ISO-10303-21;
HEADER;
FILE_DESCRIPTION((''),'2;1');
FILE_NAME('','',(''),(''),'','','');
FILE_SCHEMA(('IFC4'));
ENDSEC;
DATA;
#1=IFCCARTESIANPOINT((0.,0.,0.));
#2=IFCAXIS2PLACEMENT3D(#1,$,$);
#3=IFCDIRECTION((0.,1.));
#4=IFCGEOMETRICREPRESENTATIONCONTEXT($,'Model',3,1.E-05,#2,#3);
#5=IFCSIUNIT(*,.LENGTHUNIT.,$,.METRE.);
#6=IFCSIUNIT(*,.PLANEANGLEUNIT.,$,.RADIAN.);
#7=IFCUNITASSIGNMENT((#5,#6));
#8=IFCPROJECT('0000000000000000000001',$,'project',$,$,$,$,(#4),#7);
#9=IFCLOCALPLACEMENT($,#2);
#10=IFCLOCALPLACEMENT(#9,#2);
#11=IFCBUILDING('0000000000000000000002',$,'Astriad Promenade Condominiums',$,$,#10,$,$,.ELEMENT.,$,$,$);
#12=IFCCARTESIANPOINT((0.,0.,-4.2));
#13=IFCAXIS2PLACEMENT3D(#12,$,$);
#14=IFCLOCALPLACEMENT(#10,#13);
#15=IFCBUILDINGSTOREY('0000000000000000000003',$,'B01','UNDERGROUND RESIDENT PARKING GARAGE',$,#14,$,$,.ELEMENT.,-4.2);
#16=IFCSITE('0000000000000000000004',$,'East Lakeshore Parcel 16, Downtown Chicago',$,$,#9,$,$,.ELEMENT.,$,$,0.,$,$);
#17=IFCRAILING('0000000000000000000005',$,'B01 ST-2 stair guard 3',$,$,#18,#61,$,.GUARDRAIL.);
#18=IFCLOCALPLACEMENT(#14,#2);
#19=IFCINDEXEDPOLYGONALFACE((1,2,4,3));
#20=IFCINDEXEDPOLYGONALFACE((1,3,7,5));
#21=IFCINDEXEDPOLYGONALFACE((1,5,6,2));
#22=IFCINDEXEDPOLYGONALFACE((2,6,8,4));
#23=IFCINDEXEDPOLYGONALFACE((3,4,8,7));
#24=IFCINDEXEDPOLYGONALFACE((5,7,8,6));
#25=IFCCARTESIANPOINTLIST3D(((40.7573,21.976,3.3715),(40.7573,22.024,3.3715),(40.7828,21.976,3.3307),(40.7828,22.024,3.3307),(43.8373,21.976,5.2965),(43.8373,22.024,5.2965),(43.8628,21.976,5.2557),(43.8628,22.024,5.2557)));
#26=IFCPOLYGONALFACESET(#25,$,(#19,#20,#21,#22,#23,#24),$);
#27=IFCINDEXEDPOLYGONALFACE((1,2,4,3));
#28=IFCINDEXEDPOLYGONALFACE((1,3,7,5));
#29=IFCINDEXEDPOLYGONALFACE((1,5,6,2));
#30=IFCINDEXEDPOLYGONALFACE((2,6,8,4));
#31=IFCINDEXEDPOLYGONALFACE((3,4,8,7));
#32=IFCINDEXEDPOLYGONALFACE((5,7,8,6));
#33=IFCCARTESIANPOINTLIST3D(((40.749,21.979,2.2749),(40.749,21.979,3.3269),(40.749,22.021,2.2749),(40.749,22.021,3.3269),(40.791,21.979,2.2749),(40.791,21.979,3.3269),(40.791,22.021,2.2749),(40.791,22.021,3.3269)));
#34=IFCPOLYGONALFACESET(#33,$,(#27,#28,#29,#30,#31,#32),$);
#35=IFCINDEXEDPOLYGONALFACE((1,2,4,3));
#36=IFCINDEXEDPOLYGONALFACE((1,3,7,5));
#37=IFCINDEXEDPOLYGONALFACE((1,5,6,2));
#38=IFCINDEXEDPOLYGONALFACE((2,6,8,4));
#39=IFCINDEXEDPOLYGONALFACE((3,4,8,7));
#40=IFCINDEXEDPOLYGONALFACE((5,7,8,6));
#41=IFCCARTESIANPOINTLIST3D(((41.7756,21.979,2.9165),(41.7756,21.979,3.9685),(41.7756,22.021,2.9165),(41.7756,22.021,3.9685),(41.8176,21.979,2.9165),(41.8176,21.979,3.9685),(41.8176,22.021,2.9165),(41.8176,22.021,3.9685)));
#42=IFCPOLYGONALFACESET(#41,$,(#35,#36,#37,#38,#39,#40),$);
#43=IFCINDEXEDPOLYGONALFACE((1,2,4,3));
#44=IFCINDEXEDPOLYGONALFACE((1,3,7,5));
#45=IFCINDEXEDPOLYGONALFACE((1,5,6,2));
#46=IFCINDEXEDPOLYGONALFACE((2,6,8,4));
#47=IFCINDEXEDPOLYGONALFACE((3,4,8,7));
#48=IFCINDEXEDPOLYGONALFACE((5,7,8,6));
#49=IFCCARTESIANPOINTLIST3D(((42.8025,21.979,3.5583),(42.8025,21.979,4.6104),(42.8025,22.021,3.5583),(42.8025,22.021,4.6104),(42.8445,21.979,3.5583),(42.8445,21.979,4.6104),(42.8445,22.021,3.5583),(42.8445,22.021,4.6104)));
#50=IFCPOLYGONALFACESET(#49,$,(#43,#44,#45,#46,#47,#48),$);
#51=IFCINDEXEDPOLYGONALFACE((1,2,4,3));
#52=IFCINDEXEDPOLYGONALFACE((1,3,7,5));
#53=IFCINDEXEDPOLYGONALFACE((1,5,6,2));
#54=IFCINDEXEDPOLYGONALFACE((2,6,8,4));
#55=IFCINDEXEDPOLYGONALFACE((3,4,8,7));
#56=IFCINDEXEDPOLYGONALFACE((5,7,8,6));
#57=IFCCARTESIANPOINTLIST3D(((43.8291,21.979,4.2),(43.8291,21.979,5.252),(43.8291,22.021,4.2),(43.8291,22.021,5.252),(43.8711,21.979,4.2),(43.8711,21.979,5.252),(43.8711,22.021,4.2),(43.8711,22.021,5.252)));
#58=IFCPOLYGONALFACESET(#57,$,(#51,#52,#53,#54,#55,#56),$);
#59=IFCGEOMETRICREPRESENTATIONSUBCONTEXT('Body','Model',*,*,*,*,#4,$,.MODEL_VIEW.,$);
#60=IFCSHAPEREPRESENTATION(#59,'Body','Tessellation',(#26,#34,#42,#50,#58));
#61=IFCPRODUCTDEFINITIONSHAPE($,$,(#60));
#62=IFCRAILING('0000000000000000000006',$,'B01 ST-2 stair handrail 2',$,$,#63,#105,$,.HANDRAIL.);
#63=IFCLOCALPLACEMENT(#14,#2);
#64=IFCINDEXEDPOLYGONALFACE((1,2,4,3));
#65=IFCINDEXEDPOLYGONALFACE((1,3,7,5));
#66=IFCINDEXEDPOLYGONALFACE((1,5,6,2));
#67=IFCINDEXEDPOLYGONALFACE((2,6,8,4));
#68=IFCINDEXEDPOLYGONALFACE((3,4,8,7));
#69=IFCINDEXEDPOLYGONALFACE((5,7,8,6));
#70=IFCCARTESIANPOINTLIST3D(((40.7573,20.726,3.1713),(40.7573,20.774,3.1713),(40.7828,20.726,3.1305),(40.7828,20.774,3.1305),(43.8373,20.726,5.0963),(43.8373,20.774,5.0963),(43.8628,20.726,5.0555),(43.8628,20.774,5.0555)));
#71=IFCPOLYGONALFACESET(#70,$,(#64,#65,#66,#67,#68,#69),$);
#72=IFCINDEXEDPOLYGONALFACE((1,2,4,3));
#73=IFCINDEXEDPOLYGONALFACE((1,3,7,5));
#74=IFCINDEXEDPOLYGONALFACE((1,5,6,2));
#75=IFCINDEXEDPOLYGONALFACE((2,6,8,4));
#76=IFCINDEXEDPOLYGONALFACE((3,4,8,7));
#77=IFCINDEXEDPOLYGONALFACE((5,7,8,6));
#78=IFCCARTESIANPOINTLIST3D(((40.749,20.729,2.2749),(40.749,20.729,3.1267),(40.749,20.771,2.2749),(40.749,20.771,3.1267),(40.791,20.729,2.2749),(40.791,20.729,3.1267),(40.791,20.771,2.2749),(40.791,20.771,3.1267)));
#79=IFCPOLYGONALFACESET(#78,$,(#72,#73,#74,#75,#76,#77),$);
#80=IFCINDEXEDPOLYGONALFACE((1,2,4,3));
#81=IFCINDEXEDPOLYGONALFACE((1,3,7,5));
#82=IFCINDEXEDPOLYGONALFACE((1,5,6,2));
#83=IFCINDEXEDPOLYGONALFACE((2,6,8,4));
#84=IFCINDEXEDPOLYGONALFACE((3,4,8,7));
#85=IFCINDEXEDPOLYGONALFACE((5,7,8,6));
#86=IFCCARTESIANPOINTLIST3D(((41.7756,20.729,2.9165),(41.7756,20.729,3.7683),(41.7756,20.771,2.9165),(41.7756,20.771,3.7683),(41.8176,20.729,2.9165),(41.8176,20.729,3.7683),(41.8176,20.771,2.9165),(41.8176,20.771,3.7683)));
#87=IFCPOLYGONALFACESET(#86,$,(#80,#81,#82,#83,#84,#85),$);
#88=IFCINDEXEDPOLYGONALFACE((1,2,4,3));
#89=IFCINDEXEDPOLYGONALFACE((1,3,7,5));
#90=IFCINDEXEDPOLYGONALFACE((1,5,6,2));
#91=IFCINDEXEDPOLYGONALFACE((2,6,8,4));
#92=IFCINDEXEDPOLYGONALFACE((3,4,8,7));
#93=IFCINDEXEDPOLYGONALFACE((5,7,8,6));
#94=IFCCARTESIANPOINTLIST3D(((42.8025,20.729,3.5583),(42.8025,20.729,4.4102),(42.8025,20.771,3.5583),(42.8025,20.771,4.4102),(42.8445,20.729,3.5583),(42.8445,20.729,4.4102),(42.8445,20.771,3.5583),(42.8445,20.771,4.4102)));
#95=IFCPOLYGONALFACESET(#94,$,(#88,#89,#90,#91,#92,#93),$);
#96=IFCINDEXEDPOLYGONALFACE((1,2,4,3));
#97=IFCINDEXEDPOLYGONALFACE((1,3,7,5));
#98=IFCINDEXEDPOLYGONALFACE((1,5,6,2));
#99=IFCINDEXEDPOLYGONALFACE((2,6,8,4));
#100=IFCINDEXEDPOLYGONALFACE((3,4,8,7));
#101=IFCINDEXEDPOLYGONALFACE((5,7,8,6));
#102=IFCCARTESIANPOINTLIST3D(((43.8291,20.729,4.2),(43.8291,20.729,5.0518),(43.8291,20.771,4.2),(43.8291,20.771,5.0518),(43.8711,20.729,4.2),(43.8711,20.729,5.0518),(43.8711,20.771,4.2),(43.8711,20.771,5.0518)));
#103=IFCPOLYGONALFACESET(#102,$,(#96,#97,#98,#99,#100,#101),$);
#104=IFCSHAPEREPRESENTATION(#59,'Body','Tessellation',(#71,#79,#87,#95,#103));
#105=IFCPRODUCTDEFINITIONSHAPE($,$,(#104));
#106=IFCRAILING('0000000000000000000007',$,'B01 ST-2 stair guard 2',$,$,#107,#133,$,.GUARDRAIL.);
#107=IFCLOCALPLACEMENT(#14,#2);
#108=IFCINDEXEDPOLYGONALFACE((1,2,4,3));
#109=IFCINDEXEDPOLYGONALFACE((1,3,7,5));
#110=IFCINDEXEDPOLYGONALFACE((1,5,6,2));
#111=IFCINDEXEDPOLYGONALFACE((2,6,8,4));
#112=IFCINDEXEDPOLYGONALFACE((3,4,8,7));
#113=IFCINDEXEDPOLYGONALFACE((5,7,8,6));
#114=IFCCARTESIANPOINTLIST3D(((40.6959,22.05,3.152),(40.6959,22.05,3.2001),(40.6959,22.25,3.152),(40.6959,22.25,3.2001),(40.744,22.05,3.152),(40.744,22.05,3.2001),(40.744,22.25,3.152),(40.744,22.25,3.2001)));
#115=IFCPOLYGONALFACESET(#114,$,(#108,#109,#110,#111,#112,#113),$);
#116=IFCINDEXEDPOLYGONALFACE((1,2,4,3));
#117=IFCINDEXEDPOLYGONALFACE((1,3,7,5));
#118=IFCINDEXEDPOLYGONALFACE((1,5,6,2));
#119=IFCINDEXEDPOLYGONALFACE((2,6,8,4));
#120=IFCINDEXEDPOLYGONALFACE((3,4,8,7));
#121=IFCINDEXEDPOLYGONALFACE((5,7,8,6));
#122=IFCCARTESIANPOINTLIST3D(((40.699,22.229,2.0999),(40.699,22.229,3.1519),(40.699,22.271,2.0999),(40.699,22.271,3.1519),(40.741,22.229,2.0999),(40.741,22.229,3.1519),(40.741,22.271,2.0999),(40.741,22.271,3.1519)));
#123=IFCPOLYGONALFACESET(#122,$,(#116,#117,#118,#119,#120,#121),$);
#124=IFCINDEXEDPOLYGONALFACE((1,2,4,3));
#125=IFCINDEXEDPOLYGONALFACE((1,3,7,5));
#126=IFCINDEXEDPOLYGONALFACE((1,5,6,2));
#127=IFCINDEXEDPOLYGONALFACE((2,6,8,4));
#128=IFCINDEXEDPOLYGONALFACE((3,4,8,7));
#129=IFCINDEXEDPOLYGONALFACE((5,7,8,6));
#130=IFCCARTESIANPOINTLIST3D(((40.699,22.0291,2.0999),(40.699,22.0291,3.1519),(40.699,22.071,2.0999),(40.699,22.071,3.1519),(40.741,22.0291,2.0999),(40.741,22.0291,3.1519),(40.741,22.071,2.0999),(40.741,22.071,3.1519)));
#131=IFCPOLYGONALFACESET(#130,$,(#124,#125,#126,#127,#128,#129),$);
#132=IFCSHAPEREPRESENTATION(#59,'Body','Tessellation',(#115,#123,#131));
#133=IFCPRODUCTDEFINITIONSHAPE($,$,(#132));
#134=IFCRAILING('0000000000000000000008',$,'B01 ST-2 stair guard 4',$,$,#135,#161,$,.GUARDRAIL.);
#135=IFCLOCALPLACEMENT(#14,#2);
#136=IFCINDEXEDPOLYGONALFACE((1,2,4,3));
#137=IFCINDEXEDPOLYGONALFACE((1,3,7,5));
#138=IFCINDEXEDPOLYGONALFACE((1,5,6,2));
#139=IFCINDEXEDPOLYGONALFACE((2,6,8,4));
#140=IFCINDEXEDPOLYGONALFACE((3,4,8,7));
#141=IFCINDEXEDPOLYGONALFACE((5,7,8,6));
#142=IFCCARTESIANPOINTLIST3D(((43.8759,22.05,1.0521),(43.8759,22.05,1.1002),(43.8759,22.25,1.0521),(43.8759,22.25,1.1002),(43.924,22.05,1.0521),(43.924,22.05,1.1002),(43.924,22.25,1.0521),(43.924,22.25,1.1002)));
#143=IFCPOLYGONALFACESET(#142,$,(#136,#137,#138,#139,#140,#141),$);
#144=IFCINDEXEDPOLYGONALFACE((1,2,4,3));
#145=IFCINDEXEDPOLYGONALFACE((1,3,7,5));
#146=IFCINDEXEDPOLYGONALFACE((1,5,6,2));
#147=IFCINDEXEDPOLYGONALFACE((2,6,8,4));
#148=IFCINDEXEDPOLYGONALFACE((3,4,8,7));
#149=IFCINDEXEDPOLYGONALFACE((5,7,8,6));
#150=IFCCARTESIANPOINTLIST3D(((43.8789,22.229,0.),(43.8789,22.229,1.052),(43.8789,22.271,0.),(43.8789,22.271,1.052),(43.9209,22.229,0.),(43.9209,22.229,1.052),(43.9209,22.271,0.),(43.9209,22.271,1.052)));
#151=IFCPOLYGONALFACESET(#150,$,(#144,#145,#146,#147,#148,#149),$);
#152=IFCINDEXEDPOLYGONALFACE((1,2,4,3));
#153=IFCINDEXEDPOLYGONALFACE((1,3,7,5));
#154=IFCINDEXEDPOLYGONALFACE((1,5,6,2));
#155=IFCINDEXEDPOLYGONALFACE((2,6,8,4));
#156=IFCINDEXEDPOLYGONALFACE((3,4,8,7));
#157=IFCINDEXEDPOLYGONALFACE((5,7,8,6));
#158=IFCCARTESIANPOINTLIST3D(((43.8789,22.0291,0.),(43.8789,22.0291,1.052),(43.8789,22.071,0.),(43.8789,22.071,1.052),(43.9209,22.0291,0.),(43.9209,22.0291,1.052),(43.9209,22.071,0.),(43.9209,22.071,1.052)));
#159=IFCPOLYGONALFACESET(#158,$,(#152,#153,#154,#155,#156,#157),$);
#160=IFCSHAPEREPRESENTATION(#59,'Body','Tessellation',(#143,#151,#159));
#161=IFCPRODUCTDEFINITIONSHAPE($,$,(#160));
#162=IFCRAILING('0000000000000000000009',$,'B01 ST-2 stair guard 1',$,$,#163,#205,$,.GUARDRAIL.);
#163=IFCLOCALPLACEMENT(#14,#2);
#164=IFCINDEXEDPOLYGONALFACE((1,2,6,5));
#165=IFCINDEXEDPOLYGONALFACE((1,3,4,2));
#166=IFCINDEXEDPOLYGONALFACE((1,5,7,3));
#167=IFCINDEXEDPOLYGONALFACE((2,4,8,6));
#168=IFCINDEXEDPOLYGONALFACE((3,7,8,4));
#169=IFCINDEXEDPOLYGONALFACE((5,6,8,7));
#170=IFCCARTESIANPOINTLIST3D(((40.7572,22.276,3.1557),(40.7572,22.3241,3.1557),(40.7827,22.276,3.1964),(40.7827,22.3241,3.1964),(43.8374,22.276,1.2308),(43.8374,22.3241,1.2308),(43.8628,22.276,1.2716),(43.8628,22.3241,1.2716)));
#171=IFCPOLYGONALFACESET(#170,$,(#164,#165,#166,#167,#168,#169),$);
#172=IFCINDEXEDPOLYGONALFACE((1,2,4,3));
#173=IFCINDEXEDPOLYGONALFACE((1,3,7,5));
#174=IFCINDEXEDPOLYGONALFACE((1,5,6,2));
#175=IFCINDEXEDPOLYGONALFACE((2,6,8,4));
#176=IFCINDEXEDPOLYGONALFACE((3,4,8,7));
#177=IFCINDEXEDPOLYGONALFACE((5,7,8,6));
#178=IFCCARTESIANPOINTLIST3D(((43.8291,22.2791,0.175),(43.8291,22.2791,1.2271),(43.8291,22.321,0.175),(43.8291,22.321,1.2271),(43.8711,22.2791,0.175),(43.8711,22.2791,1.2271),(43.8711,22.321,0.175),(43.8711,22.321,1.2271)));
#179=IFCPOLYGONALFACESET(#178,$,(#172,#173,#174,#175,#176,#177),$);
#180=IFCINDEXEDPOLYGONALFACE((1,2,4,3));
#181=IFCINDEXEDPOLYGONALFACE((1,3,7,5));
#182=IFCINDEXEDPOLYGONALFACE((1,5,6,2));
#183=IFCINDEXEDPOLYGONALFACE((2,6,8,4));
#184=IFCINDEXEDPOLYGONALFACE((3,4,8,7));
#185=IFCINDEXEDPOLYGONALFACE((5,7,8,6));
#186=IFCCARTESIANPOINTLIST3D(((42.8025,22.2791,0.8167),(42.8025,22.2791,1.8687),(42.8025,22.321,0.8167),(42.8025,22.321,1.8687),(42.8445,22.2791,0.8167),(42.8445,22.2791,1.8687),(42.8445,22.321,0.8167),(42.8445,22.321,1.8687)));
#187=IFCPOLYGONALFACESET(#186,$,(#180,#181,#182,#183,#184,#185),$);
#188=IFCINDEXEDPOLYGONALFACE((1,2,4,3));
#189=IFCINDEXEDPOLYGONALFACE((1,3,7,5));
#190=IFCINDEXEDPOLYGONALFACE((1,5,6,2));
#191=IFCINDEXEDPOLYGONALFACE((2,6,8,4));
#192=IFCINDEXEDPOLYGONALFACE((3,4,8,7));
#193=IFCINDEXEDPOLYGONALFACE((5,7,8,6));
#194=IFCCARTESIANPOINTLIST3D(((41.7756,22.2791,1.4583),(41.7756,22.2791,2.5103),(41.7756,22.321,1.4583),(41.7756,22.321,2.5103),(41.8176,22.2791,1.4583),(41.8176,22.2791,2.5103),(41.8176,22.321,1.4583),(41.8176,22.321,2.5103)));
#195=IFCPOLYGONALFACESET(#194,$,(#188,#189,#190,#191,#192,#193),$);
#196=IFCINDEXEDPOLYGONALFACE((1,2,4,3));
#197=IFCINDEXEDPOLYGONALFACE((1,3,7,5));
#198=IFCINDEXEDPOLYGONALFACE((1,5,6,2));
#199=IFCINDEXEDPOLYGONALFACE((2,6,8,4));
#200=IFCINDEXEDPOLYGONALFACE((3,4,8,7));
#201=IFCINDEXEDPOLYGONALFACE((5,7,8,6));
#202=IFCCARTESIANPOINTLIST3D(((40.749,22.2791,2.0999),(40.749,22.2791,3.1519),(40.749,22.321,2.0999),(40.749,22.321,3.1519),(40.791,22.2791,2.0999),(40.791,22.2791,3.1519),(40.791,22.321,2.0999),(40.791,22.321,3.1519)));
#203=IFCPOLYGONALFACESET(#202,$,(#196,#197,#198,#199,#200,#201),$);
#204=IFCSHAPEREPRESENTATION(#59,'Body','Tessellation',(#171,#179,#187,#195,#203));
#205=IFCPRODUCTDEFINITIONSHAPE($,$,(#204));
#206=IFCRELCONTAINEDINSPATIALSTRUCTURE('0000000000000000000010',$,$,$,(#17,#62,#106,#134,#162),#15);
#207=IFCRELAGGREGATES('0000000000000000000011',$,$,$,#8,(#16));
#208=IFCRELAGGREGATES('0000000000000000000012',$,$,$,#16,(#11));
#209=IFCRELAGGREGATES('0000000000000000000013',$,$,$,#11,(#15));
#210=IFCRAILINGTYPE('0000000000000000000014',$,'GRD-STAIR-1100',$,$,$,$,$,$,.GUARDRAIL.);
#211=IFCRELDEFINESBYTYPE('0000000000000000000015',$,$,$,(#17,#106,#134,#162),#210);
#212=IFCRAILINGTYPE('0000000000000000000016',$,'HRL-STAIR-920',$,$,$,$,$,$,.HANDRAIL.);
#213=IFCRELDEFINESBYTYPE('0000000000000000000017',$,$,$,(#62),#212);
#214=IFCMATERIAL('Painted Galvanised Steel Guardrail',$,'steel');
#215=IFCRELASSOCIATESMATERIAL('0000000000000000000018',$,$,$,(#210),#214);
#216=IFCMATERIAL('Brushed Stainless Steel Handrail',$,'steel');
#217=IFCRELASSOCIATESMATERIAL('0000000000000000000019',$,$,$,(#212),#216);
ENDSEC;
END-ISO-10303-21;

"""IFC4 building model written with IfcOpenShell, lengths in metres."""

from ifc_helpers import new_model, si_unit, direction, frame, origin, origin_2d, place, context, subcontext, project, spatial, rectangle, extrude, source, transform, mapped, material, type_object, type_shapes, element, save


model = new_model("IFC4")

# Units and contexts
model_context = context("Model", 3, precision=1e-05, world=origin(), true_north=direction((0.0, 1.0)))
body_context = subcontext(model_context, "Body", "Model", "MODEL_VIEW")
ifc_project = project(units=[si_unit("LENGTHUNIT", "METRE"), si_unit("PLANEANGLEUNIT", "RADIAN")], contexts=[model_context])

# Site, building, storey
site_placement = place(None, origin())
site = spatial("IfcSite", under=ifc_project, at=site_placement, Name="East Lakeshore Parcel 16, Downtown Chicago", CompositionType="ELEMENT", RefElevation=0.0)
building_placement = place(site_placement, origin())
building = spatial("IfcBuilding", under=site, at=building_placement, Name="Astriad Promenade Condominiums", CompositionType="ELEMENT")
storey_placement = place(building_placement, frame((0.0, 0.0, -4.2)))
storey = spatial("IfcBuildingStorey", under=building, at=storey_placement, Name="B01", Description="UNDERGROUND RESIDENT PARKING GARAGE", CompositionType="ELEMENT", Elevation=-4.2)

# Railings
ifc_material_1 = material(Name="Painted Galvanised Steel Guardrail", Category="steel")
railing_type_1 = type_object("IfcRailingType", Name="GRD-STAIR-1100", PredefinedType="GUARDRAIL", material=ifc_material_1)
shared_shape_1 = source(origin(), body_context, "Body", "SweptSolid", [
    extrude(rectangle(XDim=0.0481, YDim=0.0481, at=origin_2d()), frame((0.0, 0.0, 1.0762), z_axis=(0.847998, 0.0, 0.529999), x_axis=(0.0, 1.0, 0.0)), (0.0, 0.0, 1.0), 3.6321),
    extrude(rectangle(XDim=0.042, YDim=0.042, at=origin_2d()), origin(), (0.0, 0.0, 1.0), 1.052),
    extrude(rectangle(XDim=0.042, YDim=0.042, at=origin_2d()), frame((1.0266, 0.0, 0.6416)), (0.0, 0.0, 1.0), 1.052),
    extrude(rectangle(XDim=0.042, YDim=0.042, at=origin_2d()), frame((2.0535, 0.0, 1.2834)), (0.0, 0.0, 1.0), 1.052),
    extrude(rectangle(XDim=0.042, YDim=0.042, at=origin_2d()), frame((3.0801, 0.0, 1.925)), (0.0, 0.0, 1.0), 1.052),
])
railing_1_placement = place(storey_placement, frame((40.77, 22.0, 2.2749)))
element("IfcRailing", 1, at=railing_1_placement, inside=storey, type_object=railing_type_1, Name="B01 ST-2 stair guard 3", PredefinedType="GUARDRAIL", context=body_context, shape_type="MappedRepresentation", body=[
    mapped(shared_shape_1, transform((0.0, 0.0, 0.0), scale=1.0)),
])
ifc_material_2 = material(Name="Brushed Stainless Steel Handrail", Category="steel")
railing_type_2 = type_object("IfcRailingType", Name="HRL-STAIR-920", PredefinedType="HANDRAIL", material=ifc_material_2)
shared_shape_2 = source(origin(), body_context, "Body", "SweptSolid", [
    extrude(rectangle(XDim=0.0481, YDim=0.0481, at=origin_2d()), frame((0.0, 0.0, 0.876), z_axis=(0.847998, 0.0, 0.529999), x_axis=(0.0, 1.0, 0.0)), (0.0, 0.0, 1.0), 3.6321),
    extrude(rectangle(XDim=0.042, YDim=0.042, at=origin_2d()), origin(), (0.0, 0.0, 1.0), 0.8518),
    extrude(rectangle(XDim=0.042, YDim=0.042, at=origin_2d()), frame((1.0266, 0.0, 0.6416)), (0.0, 0.0, 1.0), 0.8518),
    extrude(rectangle(XDim=0.042, YDim=0.042, at=origin_2d()), frame((2.0535, 0.0, 1.2834)), (0.0, 0.0, 1.0), 0.8518),
    extrude(rectangle(XDim=0.042, YDim=0.042, at=origin_2d()), frame((3.0801, 0.0, 1.925)), (0.0, 0.0, 1.0), 0.8518),
])
railing_2_placement = place(storey_placement, frame((40.77, 20.75, 2.2749)))
element("IfcRailing", 2, at=railing_2_placement, inside=storey, type_object=railing_type_2, Name="B01 ST-2 stair handrail 2", PredefinedType="HANDRAIL", context=body_context, shape_type="MappedRepresentation", body=[
    mapped(shared_shape_2, transform((0.0, 0.0, 0.0), scale=1.0)),
])
shared_shape_3 = source(origin(), body_context, "Body", "SweptSolid", [
    extrude(rectangle(XDim=0.0481, YDim=0.0481, at=origin_2d()), frame((0.0, 0.0, 1.0762), z_axis=(0.0, -1.0, 0.0), x_axis=(1.0, 0.0, 0.0)), (0.0, 0.0, 1.0), 0.2),
    extrude(rectangle(XDim=0.042, YDim=0.042, at=origin_2d()), origin(), (0.0, 0.0, 1.0), 1.052),
    extrude(rectangle(XDim=0.042, YDim=0.042, at=origin_2d()), frame((0.0, -0.2, 0.0)), (0.0, 0.0, 1.0), 1.052),
])
for number, where, name in (
    (3, (40.72, 22.25, 2.0999), "B01 ST-2 stair guard 2"),
    (4, (43.8999, 22.25, 0.0), "B01 ST-2 stair guard 4"),
):
    element("IfcRailing", number, at=place(storey_placement, frame(where)), inside=storey, type_object=railing_type_1, Name=name, PredefinedType="GUARDRAIL", context=body_context, shape_type="MappedRepresentation", body=[
        mapped(shared_shape_3, transform((0.0, 0.0, 0.0), scale=1.0)),
    ])
shared_shape_4 = source(origin(), body_context, "Body", "SweptSolid", [
    extrude(rectangle(XDim=0.0481, YDim=0.0481, at=origin_2d()), frame((0.0, 0.0, 1.0762), z_axis=(-0.848029, 0.0, 0.529951), x_axis=(0.0, -1.0, 0.0)), (0.0, 0.0, 1.0), 3.6321),
    extrude(rectangle(XDim=0.042, YDim=0.042, at=origin_2d()), origin(), (0.0, 0.0, 1.0), 1.052),
    extrude(rectangle(XDim=0.042, YDim=0.042, at=origin_2d()), frame((-1.0266, 0.0, 0.6416)), (0.0, 0.0, 1.0), 1.052),
    extrude(rectangle(XDim=0.042, YDim=0.042, at=origin_2d()), frame((-2.0535, 0.0, 1.2832)), (0.0, 0.0, 1.0), 1.052),
    extrude(rectangle(XDim=0.042, YDim=0.042, at=origin_2d()), frame((-3.0801, 0.0, 1.9248)), (0.0, 0.0, 1.0), 1.052),
])
type_shapes(railing_type_1, [shared_shape_1, shared_shape_3, shared_shape_4])
railing_3_placement = place(storey_placement, frame((43.8501, 22.3, 0.175)))
element("IfcRailing", 5, at=railing_3_placement, inside=storey, type_object=railing_type_1, Name="B01 ST-2 stair guard 1", PredefinedType="GUARDRAIL", context=body_context, shape_type="MappedRepresentation", body=[
    mapped(shared_shape_4, transform((0.0, 0.0, 0.0), scale=1.0)),
])

save(model, "model.ifc")
